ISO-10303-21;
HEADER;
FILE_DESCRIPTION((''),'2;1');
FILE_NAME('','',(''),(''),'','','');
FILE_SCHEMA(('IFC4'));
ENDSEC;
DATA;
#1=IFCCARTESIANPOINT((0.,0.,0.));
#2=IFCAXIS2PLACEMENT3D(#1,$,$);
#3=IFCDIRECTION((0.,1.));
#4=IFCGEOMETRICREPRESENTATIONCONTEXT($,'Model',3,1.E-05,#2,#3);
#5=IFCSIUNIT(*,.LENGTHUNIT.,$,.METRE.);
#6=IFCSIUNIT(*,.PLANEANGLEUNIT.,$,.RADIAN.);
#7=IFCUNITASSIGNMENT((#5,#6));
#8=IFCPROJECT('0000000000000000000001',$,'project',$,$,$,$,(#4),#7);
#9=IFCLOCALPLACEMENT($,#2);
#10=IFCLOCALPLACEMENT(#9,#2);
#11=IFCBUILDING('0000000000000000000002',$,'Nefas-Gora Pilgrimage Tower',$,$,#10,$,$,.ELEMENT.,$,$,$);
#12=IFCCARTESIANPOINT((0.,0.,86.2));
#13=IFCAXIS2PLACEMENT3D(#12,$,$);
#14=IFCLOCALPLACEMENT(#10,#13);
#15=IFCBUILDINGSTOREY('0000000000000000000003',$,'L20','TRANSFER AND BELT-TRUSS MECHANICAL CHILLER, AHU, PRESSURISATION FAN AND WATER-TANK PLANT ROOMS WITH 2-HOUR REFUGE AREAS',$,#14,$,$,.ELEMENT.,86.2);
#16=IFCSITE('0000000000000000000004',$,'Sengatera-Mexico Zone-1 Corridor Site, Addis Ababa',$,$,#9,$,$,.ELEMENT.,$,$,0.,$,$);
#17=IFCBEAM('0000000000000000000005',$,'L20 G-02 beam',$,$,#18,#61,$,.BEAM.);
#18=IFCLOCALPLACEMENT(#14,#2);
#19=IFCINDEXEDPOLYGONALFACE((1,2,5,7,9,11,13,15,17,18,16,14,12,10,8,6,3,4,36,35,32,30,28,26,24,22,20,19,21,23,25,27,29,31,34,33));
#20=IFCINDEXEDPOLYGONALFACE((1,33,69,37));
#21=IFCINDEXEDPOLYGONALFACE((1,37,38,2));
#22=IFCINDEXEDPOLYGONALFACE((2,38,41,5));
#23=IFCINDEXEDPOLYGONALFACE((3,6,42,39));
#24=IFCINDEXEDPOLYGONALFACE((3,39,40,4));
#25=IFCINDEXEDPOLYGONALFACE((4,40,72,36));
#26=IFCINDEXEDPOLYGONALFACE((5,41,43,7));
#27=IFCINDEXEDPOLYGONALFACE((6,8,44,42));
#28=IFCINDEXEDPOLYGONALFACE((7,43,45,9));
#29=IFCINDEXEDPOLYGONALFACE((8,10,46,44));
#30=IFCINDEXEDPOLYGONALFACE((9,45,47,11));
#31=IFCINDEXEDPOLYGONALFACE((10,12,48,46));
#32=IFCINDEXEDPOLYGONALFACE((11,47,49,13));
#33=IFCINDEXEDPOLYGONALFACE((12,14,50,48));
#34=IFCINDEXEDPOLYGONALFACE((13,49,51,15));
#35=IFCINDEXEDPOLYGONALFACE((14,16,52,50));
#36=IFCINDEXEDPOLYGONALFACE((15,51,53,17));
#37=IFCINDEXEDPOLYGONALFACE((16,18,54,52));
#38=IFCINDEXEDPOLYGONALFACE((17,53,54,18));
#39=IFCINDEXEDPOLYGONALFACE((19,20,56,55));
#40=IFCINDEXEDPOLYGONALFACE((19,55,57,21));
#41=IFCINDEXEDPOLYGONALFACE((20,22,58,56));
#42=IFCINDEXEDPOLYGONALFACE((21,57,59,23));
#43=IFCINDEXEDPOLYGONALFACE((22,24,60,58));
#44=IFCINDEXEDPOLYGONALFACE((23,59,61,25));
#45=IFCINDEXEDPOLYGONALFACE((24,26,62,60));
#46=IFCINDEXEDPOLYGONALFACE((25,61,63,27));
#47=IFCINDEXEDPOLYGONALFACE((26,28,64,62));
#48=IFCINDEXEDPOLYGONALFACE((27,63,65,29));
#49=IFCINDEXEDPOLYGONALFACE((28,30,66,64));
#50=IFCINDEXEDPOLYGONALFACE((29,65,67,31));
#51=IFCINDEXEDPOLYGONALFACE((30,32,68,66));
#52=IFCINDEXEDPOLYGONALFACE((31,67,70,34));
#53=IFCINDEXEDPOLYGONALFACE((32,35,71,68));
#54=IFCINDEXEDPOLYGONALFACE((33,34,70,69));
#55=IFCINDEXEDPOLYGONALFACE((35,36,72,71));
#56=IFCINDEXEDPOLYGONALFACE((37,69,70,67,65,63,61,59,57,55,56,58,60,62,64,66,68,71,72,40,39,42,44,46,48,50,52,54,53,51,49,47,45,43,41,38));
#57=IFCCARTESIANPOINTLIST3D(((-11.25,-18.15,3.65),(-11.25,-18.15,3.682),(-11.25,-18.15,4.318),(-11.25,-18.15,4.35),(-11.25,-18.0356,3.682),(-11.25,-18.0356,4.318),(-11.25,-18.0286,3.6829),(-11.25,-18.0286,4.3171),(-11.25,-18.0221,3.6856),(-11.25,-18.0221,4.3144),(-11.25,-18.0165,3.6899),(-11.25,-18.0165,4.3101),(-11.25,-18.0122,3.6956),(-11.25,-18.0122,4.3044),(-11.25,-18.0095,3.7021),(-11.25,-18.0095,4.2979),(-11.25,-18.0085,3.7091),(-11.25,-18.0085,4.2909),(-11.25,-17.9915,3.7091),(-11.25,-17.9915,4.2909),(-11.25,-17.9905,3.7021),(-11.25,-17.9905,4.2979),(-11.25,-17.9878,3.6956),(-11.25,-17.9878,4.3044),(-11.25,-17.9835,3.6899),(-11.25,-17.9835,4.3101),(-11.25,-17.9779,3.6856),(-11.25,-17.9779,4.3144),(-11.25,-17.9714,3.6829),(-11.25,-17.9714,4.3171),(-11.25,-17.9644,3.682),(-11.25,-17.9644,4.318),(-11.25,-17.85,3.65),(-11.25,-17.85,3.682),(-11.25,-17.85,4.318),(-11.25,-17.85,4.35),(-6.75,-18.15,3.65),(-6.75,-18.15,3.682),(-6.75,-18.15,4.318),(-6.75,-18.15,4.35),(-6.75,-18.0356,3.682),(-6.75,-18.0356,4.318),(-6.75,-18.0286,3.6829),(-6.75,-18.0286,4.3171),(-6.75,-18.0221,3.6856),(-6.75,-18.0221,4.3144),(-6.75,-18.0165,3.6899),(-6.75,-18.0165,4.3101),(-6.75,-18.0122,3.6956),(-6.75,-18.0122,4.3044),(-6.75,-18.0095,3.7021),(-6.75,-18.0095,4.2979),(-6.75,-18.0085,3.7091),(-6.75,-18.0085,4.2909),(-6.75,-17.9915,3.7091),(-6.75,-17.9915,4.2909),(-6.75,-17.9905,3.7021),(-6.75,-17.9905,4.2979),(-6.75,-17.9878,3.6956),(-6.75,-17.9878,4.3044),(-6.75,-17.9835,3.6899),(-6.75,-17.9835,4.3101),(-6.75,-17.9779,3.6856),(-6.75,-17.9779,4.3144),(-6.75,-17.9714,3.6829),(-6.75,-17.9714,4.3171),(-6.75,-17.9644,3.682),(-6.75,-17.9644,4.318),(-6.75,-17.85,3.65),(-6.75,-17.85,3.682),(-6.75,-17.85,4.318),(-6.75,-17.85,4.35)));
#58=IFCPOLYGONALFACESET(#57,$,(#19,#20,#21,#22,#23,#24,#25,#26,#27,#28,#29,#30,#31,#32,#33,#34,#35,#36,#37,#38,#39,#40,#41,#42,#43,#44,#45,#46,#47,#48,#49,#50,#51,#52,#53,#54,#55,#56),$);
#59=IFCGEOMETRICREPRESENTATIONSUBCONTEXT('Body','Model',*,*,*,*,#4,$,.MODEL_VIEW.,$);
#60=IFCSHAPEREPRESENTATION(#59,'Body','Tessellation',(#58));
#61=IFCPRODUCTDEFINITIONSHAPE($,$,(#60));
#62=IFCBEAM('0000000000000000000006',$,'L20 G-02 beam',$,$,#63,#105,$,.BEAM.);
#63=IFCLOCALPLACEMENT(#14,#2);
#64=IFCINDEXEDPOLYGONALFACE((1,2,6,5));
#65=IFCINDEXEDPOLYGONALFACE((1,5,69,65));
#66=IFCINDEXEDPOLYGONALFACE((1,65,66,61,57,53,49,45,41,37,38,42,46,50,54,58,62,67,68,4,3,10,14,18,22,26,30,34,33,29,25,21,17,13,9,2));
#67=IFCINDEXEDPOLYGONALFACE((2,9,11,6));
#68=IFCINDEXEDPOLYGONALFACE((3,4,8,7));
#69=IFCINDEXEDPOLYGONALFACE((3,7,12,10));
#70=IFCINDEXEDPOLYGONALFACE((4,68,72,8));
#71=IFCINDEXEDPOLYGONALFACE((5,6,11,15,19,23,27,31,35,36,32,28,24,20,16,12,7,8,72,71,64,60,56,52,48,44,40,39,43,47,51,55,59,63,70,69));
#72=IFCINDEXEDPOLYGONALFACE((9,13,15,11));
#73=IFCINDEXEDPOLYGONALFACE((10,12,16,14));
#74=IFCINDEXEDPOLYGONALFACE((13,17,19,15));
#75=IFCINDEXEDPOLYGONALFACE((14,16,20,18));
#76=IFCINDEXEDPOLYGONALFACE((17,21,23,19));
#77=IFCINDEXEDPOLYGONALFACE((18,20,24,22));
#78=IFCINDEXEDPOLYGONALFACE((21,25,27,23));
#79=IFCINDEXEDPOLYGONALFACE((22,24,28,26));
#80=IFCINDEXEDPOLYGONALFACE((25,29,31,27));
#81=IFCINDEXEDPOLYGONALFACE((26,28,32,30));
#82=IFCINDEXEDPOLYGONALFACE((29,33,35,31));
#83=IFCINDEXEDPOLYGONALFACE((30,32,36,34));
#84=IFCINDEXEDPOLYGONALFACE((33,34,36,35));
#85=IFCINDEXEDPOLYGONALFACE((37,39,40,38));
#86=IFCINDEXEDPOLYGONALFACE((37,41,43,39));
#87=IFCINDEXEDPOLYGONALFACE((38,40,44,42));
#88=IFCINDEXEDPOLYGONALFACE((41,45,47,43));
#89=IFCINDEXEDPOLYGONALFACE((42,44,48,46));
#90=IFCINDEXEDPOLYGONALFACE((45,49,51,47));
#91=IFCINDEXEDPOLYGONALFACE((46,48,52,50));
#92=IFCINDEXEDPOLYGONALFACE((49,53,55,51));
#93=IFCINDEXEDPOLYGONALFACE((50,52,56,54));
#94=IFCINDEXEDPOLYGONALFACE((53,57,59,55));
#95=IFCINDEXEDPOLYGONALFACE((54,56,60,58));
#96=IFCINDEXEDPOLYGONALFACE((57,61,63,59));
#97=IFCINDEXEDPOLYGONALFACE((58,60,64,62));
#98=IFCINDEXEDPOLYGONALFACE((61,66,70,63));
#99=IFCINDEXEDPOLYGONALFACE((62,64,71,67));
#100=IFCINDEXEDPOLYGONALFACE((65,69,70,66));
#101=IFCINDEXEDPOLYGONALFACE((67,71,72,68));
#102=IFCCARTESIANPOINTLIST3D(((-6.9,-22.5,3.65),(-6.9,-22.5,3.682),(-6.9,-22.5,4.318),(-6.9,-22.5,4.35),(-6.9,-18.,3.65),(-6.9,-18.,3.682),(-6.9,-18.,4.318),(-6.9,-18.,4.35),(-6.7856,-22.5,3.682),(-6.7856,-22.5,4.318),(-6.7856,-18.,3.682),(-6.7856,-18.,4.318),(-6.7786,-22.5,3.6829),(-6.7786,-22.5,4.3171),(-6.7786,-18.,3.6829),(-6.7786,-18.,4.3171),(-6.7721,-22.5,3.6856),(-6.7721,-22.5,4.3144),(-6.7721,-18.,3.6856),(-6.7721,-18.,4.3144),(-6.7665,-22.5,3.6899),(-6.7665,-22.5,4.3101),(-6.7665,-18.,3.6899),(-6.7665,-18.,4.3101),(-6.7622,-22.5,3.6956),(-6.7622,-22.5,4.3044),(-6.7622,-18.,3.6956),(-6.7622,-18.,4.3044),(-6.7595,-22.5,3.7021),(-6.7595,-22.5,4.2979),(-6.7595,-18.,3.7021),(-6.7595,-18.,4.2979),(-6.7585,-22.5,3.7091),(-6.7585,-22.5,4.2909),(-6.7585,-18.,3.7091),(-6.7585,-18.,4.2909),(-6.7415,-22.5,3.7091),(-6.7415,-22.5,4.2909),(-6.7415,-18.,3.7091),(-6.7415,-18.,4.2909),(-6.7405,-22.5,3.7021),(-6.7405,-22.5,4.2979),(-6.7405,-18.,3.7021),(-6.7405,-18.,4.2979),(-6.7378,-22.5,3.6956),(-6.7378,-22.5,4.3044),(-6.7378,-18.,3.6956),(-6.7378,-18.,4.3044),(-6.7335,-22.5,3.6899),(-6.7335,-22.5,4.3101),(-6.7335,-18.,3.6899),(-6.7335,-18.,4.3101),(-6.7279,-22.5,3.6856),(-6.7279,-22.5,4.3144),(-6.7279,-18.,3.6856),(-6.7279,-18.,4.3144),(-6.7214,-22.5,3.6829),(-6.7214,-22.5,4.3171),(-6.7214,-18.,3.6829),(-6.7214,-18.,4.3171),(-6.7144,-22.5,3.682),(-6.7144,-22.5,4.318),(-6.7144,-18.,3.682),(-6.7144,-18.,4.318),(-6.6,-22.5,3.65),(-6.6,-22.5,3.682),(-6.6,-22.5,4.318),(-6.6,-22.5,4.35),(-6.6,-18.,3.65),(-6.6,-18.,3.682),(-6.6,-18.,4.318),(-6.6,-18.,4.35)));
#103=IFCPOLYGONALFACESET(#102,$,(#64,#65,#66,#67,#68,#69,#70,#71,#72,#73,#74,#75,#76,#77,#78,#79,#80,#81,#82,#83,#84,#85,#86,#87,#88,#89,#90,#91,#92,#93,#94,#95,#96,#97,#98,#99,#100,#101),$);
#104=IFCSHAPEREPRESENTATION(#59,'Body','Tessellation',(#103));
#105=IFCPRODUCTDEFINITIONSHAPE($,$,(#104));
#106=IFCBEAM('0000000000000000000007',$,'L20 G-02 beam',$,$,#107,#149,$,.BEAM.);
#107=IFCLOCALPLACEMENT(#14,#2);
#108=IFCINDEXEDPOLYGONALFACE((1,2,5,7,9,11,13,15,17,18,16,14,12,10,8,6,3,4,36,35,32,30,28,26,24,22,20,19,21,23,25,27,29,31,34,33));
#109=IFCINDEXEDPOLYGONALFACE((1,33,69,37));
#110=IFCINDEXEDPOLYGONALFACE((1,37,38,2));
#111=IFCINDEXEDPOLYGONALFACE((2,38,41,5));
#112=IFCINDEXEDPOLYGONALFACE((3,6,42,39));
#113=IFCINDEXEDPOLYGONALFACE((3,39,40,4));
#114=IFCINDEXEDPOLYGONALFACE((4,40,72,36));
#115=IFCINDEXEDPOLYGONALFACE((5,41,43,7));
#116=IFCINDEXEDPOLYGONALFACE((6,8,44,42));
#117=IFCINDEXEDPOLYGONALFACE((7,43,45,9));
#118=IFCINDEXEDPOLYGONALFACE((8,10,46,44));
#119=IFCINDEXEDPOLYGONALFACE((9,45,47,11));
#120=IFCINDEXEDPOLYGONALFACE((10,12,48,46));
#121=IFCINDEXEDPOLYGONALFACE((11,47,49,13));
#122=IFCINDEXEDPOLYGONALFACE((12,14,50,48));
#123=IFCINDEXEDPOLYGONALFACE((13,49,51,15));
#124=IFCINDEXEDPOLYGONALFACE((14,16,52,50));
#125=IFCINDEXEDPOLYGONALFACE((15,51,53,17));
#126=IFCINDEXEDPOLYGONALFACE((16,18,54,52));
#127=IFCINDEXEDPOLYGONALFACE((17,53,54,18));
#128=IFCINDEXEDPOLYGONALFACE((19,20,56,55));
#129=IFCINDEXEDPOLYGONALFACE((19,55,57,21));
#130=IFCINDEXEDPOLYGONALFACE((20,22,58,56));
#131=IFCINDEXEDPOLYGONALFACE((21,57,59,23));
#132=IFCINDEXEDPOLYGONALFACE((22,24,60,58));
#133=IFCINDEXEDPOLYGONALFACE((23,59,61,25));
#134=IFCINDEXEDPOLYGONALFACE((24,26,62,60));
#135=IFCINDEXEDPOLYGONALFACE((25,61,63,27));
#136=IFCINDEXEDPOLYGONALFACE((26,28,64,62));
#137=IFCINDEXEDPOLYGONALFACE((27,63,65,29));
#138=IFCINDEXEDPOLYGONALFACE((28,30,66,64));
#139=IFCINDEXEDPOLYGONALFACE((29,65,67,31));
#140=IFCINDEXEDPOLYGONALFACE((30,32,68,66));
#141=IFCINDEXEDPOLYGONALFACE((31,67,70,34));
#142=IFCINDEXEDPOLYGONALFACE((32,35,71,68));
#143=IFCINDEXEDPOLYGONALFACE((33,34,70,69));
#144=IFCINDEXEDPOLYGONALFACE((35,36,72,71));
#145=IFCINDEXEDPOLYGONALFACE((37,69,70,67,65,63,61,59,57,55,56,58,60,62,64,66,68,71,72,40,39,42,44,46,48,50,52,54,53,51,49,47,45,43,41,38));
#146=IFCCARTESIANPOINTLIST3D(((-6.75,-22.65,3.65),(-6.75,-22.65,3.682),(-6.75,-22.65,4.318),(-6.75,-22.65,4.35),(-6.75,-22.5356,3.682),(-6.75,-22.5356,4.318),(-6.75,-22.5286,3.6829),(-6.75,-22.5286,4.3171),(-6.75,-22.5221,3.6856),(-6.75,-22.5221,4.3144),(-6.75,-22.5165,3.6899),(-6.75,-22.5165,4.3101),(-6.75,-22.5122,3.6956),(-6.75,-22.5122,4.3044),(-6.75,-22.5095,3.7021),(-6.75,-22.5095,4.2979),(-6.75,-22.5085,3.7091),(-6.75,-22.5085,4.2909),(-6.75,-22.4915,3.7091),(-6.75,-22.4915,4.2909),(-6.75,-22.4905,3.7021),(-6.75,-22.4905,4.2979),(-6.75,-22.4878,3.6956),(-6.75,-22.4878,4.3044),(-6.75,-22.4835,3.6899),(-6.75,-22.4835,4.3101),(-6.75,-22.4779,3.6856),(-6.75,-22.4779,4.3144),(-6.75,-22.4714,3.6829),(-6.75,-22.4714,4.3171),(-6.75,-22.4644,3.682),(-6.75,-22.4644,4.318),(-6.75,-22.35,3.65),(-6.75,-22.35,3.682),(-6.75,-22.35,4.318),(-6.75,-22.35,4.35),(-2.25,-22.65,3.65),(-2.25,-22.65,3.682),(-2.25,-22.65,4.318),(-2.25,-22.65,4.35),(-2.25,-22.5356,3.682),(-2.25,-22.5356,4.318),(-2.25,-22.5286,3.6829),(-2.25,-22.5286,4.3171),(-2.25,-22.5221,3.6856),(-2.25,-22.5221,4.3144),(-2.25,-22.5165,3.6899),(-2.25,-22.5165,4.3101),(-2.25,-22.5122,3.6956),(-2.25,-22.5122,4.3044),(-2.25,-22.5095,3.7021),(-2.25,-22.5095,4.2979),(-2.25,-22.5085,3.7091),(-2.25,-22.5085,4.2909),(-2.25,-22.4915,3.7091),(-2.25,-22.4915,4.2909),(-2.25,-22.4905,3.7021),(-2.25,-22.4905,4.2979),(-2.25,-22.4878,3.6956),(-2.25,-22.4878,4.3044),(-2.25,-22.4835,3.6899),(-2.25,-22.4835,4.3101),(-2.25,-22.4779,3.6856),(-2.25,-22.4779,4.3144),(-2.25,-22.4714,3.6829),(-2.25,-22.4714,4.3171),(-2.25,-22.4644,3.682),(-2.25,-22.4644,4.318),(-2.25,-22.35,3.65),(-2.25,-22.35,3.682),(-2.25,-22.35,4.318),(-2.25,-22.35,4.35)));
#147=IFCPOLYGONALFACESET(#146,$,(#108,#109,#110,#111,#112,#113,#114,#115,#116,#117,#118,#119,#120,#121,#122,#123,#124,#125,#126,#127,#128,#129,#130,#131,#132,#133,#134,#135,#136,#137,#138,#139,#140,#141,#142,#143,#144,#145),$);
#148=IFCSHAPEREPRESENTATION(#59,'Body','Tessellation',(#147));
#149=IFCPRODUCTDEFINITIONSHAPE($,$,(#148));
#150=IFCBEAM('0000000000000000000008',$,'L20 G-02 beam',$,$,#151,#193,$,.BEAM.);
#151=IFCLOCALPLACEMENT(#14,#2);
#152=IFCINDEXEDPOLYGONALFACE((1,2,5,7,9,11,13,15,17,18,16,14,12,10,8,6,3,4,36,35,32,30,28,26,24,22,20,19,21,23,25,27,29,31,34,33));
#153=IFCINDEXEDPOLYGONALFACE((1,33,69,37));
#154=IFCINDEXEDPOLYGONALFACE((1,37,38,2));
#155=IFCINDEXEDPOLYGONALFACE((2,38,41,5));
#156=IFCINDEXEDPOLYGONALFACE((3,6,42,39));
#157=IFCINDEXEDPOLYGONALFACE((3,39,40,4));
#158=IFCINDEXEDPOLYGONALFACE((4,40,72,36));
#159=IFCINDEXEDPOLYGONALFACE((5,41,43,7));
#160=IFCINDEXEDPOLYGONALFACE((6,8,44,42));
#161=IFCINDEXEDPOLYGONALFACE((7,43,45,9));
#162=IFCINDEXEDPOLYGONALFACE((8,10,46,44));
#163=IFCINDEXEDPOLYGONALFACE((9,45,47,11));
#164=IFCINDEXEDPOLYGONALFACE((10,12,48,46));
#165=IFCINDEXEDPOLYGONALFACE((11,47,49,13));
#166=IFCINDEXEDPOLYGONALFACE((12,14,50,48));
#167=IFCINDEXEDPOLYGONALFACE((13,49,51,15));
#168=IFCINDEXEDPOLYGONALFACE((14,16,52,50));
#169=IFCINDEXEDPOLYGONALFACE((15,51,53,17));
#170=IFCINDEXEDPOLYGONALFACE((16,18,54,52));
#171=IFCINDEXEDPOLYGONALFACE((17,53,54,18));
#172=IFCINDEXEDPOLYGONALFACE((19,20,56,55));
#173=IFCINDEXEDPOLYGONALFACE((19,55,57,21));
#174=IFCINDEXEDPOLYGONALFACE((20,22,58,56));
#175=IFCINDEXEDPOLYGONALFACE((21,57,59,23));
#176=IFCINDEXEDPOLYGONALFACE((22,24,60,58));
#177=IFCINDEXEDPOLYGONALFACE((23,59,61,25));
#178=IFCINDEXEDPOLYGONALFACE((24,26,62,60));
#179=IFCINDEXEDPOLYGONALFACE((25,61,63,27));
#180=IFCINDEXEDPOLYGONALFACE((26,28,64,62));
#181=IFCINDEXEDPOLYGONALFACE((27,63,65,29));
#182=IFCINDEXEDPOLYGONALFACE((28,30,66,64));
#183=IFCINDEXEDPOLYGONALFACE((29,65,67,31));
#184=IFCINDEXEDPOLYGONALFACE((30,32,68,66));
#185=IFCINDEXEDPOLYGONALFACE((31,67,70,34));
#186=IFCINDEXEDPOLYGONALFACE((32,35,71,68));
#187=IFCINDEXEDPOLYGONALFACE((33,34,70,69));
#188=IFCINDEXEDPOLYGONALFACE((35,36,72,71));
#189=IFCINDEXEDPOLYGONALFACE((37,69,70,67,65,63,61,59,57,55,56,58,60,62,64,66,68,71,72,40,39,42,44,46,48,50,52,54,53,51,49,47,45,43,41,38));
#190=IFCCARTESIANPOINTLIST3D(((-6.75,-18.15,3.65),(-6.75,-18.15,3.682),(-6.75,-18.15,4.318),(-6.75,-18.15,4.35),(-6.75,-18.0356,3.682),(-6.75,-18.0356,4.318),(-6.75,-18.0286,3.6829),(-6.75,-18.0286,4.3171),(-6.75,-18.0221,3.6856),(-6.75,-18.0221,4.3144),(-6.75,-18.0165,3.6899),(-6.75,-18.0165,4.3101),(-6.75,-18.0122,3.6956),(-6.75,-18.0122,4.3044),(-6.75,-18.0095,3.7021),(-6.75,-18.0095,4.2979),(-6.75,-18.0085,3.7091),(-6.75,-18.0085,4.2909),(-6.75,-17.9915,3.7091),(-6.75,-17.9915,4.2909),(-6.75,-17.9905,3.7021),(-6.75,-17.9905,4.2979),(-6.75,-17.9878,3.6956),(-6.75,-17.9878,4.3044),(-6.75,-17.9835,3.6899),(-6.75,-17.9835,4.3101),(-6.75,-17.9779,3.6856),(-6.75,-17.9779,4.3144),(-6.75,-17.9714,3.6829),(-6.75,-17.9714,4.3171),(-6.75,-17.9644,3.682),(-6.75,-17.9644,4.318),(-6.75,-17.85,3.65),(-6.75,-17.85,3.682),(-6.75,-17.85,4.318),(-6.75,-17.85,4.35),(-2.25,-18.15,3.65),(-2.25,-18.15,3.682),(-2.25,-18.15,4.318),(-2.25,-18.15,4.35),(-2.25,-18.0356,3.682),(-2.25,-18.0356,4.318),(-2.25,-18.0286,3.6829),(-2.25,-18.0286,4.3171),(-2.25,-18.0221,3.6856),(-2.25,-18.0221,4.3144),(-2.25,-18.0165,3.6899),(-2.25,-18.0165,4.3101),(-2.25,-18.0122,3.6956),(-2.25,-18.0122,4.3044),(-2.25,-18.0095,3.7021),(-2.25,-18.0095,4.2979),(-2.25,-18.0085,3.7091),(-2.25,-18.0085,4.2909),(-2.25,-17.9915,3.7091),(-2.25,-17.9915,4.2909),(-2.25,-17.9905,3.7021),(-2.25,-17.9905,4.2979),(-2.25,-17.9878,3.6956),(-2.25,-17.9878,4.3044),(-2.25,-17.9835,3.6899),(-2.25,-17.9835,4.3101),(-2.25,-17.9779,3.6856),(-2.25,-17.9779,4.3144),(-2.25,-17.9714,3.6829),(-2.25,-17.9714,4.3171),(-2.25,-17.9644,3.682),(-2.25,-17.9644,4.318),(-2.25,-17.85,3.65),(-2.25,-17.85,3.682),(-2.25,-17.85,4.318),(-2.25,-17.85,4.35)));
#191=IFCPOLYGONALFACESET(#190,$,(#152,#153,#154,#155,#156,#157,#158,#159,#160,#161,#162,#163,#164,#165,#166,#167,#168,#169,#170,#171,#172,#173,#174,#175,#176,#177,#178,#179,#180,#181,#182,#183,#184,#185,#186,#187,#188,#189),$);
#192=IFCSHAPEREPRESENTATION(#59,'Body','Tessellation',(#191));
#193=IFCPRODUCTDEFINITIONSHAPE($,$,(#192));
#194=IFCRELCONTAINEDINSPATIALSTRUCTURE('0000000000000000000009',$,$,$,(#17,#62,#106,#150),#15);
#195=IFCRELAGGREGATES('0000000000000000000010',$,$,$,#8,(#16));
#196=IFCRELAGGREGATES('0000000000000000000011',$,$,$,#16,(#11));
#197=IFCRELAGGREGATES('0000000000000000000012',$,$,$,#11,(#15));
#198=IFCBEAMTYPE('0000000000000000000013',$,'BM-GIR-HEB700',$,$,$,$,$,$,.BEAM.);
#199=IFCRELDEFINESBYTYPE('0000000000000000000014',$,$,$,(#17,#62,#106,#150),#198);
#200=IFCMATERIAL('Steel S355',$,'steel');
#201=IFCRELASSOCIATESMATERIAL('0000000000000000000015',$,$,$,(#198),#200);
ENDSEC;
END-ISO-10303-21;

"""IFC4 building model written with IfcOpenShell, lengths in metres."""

from ifc_helpers import new_model, si_unit, direction, frame, origin, origin_2d, place, context, subcontext, project, spatial, i_section, extrude, source, transform, mapped, material, material_profile, profile_set, type_object, element, save


model = new_model("IFC4")

# Units and contexts
model_context = context("Model", 3, precision=1e-05, world=origin(), true_north=direction((0.0, 1.0)))
body_context = subcontext(model_context, "Body", "Model", "MODEL_VIEW")
ifc_project = project(units=[si_unit("LENGTHUNIT", "METRE"), si_unit("PLANEANGLEUNIT", "RADIAN")], contexts=[model_context])

# Site, building, storey
site_placement = place(None, origin())
site = spatial("IfcSite", under=ifc_project, at=site_placement, Name="Sengatera-Mexico Zone-1 Corridor Site, Addis Ababa", CompositionType="ELEMENT", RefElevation=0.0)
building_placement = place(site_placement, origin())
building = spatial("IfcBuilding", under=site, at=building_placement, Name="Nefas-Gora Pilgrimage Tower", CompositionType="ELEMENT")
storey_placement = place(building_placement, frame((0.0, 0.0, 86.2)))
storey = spatial("IfcBuildingStorey", under=building, at=storey_placement, Name="L20", Description="TRANSFER AND BELT-TRUSS MECHANICAL CHILLER, AHU, PRESSURISATION FAN AND WATER-TANK PLANT ROOMS WITH 2-HOUR REFUGE AREAS", CompositionType="ELEMENT", Elevation=86.2)

# Beams
ifc_material_1 = material(Name="Steel S355", Category="steel")
ifc_material_profile_1 = material_profile(ifc_material_1, i_section(OverallWidth=0.3, OverallDepth=0.7, WebThickness=0.0171, FlangeThickness=0.032, FilletRadius=0.0271, at=origin_2d()), Name="HEB 700")
ifc_profile_set_1 = profile_set([ifc_material_profile_1], Name="Steel S355")
beam_type = type_object("IfcBeamType", Name="BM-GIR-HEB700", PredefinedType="BEAM", material=ifc_profile_set_1)
shared_shape_1 = source(origin(), body_context, "Body", "SweptSolid", [
    extrude(i_section(OverallWidth=0.3, OverallDepth=0.7, WebThickness=0.0171, FlangeThickness=0.032, FilletRadius=0.0271, at=origin_2d()), origin(), (0.0, 0.0, 1.0), 4.5),
])
for number, where, z_axis, x_axis, name in (
    (1, (-11.25, -18.0, 4.0), (1.0, 0.0, 0.0), (0.0, 1.0, 0.0), "L20 G-02 beam"),
    (2, (-6.75, -22.5, 4.0), (0.0, 1.0, 0.0), (-1.0, 0.0, 0.0), "L20 G-02 beam"),
    (3, (-6.75, -22.5, 4.0), (1.0, 0.0, 0.0), (0.0, 1.0, 0.0), "L20 G-02 beam"),
    (4, (-6.75, -18.0, 4.0), (1.0, 0.0, 0.0), (0.0, 1.0, 0.0), "L20 G-02 beam"),
):
    element("IfcBeam", number, at=place(storey_placement, frame(where, z_axis=z_axis, x_axis=x_axis)), inside=storey, type_object=beam_type, Name=name, PredefinedType="BEAM", context=body_context, shape_type="MappedRepresentation", body=[
        mapped(shared_shape_1, transform((0.0, 0.0, 0.0), x_axis=(1.0, 0.0, 0.0), y_axis=(0.0, 1.0, 0.0), z_axis=(0.0, 0.0, 1.0), scale=1.0)),
    ])

save(model, "model.ifc")
